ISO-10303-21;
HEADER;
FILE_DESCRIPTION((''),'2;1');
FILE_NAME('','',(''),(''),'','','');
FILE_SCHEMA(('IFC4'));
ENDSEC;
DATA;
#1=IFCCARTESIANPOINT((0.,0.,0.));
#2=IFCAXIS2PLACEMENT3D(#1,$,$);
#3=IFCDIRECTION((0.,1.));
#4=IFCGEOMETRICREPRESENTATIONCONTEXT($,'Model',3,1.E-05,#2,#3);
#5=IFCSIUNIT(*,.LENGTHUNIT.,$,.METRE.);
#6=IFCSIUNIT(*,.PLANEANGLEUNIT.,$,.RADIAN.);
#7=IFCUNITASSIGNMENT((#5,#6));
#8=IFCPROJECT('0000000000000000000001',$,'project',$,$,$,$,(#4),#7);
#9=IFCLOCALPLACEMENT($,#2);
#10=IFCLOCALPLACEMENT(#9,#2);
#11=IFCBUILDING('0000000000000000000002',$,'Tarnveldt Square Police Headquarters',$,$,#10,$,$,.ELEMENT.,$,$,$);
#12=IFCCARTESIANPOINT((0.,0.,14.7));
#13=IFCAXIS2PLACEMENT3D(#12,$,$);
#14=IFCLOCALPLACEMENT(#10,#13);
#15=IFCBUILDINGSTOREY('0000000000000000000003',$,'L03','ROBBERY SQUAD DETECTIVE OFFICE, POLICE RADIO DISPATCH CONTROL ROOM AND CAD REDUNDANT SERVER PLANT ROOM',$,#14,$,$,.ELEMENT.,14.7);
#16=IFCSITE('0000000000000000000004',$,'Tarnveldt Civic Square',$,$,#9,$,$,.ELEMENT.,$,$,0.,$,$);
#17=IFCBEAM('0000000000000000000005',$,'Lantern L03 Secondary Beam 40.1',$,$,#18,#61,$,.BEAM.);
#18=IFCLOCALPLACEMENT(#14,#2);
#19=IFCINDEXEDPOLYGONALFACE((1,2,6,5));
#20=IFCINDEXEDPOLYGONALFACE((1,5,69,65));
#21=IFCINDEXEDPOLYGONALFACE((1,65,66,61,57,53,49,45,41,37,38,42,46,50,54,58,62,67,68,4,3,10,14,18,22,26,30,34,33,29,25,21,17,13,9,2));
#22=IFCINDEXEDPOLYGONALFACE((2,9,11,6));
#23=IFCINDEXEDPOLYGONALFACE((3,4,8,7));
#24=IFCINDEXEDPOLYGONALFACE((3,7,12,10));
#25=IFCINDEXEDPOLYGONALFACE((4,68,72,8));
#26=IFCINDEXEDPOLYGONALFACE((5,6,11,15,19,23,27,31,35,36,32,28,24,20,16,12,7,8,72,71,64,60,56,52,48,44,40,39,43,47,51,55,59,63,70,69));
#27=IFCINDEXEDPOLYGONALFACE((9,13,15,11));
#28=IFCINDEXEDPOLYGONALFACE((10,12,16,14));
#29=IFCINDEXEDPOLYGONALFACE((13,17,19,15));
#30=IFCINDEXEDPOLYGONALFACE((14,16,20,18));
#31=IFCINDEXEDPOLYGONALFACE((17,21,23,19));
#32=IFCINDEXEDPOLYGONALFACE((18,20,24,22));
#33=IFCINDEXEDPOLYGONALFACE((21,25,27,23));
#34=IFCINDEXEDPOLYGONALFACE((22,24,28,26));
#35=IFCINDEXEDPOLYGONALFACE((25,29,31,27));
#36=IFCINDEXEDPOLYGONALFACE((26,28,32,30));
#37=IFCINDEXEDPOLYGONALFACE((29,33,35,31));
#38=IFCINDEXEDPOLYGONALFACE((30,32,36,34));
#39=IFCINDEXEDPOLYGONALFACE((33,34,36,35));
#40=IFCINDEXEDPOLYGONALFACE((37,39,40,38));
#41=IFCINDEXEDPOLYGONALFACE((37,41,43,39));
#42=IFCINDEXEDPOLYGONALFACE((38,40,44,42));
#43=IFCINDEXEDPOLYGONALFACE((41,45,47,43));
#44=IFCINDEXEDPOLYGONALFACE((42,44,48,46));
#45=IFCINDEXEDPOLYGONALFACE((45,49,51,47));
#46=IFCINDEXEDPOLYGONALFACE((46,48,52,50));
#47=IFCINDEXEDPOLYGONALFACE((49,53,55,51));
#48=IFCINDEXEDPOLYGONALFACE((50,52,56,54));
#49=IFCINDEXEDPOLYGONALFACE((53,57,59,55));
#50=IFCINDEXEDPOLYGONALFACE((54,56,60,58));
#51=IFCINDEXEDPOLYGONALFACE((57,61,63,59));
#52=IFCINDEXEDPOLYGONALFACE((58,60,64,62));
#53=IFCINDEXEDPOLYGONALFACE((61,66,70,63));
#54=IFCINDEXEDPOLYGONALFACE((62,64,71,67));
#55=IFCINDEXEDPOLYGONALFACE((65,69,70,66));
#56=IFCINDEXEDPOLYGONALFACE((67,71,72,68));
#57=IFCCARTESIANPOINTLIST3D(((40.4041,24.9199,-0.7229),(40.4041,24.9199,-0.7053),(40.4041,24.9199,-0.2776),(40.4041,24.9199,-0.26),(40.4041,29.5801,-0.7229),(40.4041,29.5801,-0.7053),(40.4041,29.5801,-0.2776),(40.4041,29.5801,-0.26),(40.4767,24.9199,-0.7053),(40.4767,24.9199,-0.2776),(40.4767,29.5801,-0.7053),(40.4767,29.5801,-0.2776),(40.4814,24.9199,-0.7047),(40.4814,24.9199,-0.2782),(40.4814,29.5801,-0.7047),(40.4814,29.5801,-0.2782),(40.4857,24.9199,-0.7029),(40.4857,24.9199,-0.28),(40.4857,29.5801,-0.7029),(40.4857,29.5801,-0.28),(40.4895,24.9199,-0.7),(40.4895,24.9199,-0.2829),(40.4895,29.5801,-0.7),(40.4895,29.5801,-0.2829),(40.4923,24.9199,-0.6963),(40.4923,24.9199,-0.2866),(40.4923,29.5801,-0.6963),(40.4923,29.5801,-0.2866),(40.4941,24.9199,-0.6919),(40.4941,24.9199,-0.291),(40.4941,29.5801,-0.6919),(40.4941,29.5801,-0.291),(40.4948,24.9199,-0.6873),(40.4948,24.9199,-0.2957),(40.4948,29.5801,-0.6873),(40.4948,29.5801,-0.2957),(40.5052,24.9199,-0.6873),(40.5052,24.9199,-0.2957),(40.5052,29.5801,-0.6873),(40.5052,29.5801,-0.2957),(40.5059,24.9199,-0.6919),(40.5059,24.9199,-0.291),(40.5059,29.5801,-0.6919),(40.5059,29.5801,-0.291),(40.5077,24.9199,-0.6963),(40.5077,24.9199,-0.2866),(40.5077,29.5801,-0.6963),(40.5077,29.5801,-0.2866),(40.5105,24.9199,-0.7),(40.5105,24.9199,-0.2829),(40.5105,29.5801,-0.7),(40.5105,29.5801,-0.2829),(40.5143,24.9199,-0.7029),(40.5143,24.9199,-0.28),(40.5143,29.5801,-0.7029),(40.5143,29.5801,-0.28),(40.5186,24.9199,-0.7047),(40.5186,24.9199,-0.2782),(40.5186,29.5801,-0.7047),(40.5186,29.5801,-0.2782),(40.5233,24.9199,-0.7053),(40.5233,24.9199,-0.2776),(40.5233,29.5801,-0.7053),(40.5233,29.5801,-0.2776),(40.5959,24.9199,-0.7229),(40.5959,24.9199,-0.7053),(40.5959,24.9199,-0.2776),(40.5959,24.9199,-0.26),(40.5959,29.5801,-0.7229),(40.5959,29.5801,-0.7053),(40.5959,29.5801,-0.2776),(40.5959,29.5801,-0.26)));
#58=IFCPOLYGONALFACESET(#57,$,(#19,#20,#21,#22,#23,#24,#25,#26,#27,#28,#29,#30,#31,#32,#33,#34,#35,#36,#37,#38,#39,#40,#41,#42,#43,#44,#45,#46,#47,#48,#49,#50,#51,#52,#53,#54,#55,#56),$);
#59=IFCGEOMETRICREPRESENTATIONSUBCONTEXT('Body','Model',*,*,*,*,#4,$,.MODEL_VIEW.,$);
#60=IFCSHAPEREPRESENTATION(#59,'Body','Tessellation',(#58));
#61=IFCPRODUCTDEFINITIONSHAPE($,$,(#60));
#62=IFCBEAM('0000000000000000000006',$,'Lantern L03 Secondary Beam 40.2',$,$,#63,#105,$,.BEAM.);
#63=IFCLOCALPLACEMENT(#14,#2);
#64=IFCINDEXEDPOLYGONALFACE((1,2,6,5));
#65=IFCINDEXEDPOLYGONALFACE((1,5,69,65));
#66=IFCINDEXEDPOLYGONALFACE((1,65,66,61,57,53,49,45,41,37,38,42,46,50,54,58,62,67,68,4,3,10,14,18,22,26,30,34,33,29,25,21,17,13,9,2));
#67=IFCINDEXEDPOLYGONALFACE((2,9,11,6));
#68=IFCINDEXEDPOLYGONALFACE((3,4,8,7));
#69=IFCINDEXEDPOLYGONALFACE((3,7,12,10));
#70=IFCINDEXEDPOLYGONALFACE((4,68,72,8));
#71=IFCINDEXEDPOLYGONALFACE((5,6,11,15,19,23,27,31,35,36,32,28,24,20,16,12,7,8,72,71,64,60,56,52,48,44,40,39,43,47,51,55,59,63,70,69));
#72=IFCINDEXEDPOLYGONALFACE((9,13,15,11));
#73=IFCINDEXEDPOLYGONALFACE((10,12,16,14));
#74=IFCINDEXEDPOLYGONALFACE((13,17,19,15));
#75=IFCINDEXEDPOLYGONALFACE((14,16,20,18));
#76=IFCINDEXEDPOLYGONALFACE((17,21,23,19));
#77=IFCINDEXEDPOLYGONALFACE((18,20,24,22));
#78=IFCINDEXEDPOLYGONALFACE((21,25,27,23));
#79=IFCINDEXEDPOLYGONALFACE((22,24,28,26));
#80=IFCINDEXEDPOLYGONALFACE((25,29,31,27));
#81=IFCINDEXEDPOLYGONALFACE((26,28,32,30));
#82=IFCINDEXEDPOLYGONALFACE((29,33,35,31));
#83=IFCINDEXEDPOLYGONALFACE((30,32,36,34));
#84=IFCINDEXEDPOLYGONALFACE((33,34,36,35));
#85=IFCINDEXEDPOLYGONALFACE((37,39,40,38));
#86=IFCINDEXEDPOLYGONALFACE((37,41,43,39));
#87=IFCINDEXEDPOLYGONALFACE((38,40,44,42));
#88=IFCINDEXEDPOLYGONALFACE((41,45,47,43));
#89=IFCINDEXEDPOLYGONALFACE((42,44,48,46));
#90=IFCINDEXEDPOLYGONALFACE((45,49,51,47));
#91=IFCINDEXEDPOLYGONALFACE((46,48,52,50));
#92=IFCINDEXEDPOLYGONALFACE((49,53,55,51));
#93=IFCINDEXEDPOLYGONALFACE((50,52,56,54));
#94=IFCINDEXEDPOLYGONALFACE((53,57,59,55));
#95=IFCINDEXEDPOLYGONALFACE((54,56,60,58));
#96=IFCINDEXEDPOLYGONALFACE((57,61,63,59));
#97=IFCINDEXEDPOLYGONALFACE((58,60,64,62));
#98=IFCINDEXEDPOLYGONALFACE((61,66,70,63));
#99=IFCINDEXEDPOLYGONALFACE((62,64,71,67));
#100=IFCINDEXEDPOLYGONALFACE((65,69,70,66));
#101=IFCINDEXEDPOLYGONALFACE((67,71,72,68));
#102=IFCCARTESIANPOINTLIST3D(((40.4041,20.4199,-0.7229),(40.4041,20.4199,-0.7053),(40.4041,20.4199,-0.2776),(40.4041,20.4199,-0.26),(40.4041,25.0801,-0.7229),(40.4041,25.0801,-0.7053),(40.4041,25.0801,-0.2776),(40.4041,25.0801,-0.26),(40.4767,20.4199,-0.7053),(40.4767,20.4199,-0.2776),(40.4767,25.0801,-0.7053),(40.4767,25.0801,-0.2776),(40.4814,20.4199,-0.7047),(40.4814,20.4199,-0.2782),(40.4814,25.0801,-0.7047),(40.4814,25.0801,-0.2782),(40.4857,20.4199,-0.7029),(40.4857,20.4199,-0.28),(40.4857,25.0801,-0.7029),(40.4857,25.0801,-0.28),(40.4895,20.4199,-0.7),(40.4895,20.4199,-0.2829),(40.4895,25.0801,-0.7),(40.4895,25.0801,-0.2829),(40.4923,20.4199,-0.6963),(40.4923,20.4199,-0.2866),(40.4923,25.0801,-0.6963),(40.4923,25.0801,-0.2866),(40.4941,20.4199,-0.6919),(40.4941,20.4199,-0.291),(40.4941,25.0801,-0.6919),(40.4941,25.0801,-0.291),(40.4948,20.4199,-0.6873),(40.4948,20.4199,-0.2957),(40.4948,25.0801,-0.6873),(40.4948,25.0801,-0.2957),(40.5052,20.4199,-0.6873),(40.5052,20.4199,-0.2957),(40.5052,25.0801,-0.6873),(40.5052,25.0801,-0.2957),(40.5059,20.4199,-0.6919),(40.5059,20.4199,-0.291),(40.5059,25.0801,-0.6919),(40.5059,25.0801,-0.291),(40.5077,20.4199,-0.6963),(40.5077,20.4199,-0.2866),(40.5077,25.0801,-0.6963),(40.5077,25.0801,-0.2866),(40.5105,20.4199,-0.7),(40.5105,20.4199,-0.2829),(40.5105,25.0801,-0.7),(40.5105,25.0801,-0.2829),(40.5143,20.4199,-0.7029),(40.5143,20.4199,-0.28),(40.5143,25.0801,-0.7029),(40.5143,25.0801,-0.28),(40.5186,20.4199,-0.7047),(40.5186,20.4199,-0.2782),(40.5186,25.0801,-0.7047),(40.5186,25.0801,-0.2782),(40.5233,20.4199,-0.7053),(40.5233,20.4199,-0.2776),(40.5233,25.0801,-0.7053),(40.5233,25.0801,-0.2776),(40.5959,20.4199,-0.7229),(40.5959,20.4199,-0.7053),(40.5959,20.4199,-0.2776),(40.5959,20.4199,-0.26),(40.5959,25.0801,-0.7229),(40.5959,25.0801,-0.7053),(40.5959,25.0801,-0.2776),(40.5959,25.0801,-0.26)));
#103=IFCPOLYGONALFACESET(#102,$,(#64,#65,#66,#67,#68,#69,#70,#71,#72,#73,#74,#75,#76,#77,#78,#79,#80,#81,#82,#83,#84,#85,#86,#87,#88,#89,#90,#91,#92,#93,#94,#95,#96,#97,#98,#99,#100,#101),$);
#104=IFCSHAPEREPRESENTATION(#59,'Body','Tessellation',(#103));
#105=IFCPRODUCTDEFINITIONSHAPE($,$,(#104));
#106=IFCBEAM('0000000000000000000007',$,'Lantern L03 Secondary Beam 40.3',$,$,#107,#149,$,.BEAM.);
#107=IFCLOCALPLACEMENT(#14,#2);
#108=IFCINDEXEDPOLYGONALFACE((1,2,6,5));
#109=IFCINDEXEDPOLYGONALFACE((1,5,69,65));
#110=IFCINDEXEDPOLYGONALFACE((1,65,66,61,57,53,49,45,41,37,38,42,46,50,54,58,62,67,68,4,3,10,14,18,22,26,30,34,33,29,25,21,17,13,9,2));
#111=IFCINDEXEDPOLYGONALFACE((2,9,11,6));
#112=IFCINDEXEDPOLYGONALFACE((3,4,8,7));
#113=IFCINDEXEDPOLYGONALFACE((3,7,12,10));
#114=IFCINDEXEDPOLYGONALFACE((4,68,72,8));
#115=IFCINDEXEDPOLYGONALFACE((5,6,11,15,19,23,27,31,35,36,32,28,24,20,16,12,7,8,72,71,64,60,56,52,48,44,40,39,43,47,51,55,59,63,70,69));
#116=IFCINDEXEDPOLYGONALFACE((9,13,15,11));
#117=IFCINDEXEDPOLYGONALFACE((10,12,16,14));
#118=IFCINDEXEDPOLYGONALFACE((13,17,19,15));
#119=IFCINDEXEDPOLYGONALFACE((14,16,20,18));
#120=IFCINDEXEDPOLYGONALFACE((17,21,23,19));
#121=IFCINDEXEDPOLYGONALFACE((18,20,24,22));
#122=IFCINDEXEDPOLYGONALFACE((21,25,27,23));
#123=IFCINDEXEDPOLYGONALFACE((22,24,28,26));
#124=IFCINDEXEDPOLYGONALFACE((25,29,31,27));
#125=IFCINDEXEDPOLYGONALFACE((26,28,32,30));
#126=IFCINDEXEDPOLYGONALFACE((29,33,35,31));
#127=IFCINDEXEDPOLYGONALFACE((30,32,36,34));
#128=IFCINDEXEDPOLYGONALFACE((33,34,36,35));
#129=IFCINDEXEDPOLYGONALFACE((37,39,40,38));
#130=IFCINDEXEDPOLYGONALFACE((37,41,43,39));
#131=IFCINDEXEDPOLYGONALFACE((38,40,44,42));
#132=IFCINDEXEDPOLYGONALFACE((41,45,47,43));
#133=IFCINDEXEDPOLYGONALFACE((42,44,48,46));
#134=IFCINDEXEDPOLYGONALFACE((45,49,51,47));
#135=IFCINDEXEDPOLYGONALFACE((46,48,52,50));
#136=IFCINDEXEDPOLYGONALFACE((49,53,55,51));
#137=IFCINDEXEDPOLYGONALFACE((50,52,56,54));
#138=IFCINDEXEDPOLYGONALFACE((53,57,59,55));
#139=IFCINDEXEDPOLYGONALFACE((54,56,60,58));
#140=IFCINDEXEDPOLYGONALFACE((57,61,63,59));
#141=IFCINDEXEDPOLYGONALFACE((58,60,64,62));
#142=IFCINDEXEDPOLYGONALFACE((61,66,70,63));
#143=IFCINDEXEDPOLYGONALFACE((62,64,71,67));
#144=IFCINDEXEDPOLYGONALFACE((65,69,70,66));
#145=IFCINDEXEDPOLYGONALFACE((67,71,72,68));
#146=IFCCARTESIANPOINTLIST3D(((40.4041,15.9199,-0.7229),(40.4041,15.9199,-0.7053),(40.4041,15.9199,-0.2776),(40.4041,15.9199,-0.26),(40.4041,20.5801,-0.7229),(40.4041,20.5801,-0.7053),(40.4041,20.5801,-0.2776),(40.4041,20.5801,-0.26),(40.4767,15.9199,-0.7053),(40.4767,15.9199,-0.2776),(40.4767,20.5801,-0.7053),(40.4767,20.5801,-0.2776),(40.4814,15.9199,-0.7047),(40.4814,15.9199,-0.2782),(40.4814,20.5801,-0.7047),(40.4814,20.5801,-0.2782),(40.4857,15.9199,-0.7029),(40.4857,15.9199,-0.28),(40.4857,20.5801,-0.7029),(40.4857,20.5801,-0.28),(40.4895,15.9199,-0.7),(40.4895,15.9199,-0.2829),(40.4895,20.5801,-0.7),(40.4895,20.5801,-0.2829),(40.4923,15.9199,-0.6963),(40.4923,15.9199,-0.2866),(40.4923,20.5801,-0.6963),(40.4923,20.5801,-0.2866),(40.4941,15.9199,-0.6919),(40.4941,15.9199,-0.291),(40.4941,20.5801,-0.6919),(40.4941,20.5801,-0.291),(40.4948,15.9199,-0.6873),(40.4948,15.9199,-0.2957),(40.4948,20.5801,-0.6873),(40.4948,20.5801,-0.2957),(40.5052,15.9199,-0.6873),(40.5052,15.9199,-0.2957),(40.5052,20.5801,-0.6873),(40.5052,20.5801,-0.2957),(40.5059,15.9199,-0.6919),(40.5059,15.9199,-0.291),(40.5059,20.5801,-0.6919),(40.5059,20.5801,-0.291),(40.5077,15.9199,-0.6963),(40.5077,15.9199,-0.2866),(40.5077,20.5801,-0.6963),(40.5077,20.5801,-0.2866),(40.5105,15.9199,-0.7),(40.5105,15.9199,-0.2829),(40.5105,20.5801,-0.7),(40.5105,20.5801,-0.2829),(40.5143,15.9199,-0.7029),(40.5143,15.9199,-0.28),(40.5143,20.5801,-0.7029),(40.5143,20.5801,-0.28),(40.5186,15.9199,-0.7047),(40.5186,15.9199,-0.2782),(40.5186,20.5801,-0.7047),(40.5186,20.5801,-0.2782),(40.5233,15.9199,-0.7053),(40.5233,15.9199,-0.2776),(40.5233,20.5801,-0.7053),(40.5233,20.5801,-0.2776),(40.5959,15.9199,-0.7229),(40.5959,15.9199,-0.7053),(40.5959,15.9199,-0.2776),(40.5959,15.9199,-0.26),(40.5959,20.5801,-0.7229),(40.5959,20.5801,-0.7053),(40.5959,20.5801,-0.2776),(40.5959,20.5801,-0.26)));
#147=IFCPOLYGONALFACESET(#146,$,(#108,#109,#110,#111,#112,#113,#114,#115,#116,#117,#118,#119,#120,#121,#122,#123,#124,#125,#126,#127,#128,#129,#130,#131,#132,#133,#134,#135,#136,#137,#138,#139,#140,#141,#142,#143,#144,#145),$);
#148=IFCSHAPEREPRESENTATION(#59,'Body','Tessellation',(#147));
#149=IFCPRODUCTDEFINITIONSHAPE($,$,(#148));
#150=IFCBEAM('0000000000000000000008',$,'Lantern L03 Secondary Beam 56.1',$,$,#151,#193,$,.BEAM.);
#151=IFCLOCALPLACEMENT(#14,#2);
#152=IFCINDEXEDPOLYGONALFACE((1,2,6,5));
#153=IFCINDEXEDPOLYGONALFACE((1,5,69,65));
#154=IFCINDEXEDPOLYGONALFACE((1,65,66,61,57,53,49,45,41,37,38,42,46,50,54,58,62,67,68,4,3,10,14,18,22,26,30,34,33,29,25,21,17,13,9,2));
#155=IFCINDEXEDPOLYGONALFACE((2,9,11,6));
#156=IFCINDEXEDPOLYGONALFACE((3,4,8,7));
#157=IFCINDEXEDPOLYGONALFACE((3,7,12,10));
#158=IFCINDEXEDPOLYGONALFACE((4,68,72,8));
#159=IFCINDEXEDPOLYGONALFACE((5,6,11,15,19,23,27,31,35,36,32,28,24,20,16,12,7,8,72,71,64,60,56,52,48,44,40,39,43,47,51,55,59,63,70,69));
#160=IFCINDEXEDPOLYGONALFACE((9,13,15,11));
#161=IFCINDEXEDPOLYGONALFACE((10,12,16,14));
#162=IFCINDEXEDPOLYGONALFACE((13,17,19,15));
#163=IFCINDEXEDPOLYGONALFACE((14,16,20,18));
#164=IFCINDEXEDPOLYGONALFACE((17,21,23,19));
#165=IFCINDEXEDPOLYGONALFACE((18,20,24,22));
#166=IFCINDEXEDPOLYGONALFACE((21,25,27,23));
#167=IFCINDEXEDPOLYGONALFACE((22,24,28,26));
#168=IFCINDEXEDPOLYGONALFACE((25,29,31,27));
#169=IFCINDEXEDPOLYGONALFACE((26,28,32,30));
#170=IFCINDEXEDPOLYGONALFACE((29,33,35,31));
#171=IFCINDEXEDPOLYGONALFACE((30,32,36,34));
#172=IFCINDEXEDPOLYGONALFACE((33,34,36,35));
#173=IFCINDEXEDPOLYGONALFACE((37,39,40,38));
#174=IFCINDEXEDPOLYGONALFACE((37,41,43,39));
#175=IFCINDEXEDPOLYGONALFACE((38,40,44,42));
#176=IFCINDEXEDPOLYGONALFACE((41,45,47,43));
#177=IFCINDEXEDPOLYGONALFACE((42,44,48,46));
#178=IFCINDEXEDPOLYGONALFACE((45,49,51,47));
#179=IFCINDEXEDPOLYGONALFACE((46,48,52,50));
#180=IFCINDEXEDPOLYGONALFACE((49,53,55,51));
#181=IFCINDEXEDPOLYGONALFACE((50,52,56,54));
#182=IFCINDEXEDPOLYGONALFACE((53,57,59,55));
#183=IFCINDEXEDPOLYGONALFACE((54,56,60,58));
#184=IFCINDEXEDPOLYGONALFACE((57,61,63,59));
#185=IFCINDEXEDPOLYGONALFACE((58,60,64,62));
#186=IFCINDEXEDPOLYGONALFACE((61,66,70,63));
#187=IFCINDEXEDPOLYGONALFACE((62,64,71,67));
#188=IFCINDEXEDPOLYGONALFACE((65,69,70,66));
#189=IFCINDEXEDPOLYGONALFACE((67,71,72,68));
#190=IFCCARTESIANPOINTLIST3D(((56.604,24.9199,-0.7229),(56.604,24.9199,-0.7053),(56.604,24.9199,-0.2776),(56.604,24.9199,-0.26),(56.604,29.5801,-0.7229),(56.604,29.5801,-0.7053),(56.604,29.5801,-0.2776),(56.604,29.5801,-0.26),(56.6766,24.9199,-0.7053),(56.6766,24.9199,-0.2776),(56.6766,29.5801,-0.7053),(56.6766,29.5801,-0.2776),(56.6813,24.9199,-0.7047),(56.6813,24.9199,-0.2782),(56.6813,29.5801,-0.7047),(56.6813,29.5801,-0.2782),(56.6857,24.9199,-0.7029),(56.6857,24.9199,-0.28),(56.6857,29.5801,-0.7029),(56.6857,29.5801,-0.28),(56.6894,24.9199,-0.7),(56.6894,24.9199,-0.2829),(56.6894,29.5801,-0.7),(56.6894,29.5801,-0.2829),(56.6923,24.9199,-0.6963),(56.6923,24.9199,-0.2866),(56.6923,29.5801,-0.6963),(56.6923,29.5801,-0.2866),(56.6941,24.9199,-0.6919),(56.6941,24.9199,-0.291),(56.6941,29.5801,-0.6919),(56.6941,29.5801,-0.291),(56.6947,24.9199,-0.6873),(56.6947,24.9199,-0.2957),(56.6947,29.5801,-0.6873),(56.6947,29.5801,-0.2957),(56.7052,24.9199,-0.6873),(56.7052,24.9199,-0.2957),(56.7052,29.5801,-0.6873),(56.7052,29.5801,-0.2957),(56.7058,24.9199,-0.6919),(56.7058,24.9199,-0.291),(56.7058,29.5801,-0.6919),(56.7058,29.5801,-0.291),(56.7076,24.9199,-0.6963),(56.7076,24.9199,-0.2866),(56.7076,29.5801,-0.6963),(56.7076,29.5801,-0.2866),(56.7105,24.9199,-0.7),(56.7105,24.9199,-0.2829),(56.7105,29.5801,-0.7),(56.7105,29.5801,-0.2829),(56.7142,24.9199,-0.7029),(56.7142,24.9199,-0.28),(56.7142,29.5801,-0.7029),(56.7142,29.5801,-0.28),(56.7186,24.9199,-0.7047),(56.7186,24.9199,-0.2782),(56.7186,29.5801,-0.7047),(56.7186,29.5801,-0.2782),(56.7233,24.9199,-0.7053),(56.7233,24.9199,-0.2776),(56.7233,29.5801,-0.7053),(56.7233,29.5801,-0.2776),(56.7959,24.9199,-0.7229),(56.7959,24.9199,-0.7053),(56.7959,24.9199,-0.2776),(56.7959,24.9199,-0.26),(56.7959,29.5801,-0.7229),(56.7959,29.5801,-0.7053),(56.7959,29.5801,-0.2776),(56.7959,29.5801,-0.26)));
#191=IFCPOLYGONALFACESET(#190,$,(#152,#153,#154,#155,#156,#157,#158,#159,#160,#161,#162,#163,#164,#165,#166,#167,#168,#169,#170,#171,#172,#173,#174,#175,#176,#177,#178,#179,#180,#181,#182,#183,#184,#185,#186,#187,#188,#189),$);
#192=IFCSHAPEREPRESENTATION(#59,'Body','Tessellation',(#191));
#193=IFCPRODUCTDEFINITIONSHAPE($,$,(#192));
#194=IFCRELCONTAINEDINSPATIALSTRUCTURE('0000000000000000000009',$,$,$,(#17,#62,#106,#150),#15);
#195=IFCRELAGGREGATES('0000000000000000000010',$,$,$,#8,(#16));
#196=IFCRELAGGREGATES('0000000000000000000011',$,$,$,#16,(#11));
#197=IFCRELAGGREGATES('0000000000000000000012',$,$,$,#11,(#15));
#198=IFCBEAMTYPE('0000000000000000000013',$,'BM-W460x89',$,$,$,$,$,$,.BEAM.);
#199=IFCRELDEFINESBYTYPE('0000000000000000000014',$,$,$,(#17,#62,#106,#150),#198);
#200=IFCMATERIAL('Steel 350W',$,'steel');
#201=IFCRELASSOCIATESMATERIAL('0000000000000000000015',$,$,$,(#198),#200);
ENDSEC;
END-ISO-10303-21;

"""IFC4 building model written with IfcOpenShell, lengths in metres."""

from ifc_helpers import new_model, si_unit, direction, frame, origin, origin_2d, place, context, subcontext, project, spatial, i_section, extrude, material, material_profile, profile_set, type_object, element, save


model = new_model("IFC4")

# Units and contexts
model_context = context("Model", 3, precision=1e-05, world=origin(), true_north=direction((0.0, 1.0)))
body_context = subcontext(model_context, "Body", "Model", "MODEL_VIEW")
ifc_project = project(units=[si_unit("LENGTHUNIT", "METRE"), si_unit("PLANEANGLEUNIT", "RADIAN")], contexts=[model_context])

# Site, building, storey
site_placement = place(None, origin())
site = spatial("IfcSite", under=ifc_project, at=site_placement, Name="Tarnveldt Civic Square", CompositionType="ELEMENT", RefElevation=0.0)
building_placement = place(site_placement, origin())
building = spatial("IfcBuilding", under=site, at=building_placement, Name="Tarnveldt Square Police Headquarters", CompositionType="ELEMENT")
storey_placement = place(building_placement, frame((0.0, 0.0, 14.7)))
storey = spatial("IfcBuildingStorey", under=building, at=storey_placement, Name="L03", Description="ROBBERY SQUAD DETECTIVE OFFICE, POLICE RADIO DISPATCH CONTROL ROOM AND CAD REDUNDANT SERVER PLANT ROOM", CompositionType="ELEMENT", Elevation=14.7)

# Beams
ifc_material_1 = material(Name="Steel 350W", Category="steel")
ifc_material_profile_1 = material_profile(ifc_material_1, i_section(OverallWidth=0.1919, OverallDepth=0.4629, WebThickness=0.0105, FlangeThickness=0.0176, FilletRadius=0.0181, at=origin_2d()), Name="W460x89")
ifc_profile_set_1 = profile_set([ifc_material_profile_1], Name="Steel 350W")
beam_type_1 = type_object("IfcBeamType", Name="BM-W460x89", PredefinedType="BEAM", material=ifc_profile_set_1)
for number, where, z_axis, x_axis, name in (
    (1, (40.5, 29.5801, -0.4915), (0.0, -1.0, 0.0), (1.0, 0.0, 0.0), "Lantern L03 Secondary Beam 40.1"),
    (2, (40.5, 25.0801, -0.4915), (0.0, -1.0, 0.0), (1.0, 0.0, 0.0), "Lantern L03 Secondary Beam 40.2"),
    (3, (40.5, 20.5801, -0.4915), (0.0, -1.0, 0.0), (1.0, 0.0, 0.0), "Lantern L03 Secondary Beam 40.3"),
    (4, (56.7, 29.5801, -0.4915), (0.0, -1.0, 0.0), (1.0, 0.0, 0.0), "Lantern L03 Secondary Beam 56.1"),
):
    element("IfcBeam", number, at=place(storey_placement, frame(where, z_axis=z_axis, x_axis=x_axis)), inside=storey, type_object=beam_type_1, Name=name, PredefinedType="BEAM", context=body_context, shape_type="SweptSolid", body=[
        extrude(i_section(OverallWidth=0.1919, OverallDepth=0.4629, WebThickness=0.0105, FlangeThickness=0.0176, FilletRadius=0.0181, at=origin_2d()), origin(), (0.0, 0.0, 1.0), 4.6602),
    ])

save(model, "model.ifc")
